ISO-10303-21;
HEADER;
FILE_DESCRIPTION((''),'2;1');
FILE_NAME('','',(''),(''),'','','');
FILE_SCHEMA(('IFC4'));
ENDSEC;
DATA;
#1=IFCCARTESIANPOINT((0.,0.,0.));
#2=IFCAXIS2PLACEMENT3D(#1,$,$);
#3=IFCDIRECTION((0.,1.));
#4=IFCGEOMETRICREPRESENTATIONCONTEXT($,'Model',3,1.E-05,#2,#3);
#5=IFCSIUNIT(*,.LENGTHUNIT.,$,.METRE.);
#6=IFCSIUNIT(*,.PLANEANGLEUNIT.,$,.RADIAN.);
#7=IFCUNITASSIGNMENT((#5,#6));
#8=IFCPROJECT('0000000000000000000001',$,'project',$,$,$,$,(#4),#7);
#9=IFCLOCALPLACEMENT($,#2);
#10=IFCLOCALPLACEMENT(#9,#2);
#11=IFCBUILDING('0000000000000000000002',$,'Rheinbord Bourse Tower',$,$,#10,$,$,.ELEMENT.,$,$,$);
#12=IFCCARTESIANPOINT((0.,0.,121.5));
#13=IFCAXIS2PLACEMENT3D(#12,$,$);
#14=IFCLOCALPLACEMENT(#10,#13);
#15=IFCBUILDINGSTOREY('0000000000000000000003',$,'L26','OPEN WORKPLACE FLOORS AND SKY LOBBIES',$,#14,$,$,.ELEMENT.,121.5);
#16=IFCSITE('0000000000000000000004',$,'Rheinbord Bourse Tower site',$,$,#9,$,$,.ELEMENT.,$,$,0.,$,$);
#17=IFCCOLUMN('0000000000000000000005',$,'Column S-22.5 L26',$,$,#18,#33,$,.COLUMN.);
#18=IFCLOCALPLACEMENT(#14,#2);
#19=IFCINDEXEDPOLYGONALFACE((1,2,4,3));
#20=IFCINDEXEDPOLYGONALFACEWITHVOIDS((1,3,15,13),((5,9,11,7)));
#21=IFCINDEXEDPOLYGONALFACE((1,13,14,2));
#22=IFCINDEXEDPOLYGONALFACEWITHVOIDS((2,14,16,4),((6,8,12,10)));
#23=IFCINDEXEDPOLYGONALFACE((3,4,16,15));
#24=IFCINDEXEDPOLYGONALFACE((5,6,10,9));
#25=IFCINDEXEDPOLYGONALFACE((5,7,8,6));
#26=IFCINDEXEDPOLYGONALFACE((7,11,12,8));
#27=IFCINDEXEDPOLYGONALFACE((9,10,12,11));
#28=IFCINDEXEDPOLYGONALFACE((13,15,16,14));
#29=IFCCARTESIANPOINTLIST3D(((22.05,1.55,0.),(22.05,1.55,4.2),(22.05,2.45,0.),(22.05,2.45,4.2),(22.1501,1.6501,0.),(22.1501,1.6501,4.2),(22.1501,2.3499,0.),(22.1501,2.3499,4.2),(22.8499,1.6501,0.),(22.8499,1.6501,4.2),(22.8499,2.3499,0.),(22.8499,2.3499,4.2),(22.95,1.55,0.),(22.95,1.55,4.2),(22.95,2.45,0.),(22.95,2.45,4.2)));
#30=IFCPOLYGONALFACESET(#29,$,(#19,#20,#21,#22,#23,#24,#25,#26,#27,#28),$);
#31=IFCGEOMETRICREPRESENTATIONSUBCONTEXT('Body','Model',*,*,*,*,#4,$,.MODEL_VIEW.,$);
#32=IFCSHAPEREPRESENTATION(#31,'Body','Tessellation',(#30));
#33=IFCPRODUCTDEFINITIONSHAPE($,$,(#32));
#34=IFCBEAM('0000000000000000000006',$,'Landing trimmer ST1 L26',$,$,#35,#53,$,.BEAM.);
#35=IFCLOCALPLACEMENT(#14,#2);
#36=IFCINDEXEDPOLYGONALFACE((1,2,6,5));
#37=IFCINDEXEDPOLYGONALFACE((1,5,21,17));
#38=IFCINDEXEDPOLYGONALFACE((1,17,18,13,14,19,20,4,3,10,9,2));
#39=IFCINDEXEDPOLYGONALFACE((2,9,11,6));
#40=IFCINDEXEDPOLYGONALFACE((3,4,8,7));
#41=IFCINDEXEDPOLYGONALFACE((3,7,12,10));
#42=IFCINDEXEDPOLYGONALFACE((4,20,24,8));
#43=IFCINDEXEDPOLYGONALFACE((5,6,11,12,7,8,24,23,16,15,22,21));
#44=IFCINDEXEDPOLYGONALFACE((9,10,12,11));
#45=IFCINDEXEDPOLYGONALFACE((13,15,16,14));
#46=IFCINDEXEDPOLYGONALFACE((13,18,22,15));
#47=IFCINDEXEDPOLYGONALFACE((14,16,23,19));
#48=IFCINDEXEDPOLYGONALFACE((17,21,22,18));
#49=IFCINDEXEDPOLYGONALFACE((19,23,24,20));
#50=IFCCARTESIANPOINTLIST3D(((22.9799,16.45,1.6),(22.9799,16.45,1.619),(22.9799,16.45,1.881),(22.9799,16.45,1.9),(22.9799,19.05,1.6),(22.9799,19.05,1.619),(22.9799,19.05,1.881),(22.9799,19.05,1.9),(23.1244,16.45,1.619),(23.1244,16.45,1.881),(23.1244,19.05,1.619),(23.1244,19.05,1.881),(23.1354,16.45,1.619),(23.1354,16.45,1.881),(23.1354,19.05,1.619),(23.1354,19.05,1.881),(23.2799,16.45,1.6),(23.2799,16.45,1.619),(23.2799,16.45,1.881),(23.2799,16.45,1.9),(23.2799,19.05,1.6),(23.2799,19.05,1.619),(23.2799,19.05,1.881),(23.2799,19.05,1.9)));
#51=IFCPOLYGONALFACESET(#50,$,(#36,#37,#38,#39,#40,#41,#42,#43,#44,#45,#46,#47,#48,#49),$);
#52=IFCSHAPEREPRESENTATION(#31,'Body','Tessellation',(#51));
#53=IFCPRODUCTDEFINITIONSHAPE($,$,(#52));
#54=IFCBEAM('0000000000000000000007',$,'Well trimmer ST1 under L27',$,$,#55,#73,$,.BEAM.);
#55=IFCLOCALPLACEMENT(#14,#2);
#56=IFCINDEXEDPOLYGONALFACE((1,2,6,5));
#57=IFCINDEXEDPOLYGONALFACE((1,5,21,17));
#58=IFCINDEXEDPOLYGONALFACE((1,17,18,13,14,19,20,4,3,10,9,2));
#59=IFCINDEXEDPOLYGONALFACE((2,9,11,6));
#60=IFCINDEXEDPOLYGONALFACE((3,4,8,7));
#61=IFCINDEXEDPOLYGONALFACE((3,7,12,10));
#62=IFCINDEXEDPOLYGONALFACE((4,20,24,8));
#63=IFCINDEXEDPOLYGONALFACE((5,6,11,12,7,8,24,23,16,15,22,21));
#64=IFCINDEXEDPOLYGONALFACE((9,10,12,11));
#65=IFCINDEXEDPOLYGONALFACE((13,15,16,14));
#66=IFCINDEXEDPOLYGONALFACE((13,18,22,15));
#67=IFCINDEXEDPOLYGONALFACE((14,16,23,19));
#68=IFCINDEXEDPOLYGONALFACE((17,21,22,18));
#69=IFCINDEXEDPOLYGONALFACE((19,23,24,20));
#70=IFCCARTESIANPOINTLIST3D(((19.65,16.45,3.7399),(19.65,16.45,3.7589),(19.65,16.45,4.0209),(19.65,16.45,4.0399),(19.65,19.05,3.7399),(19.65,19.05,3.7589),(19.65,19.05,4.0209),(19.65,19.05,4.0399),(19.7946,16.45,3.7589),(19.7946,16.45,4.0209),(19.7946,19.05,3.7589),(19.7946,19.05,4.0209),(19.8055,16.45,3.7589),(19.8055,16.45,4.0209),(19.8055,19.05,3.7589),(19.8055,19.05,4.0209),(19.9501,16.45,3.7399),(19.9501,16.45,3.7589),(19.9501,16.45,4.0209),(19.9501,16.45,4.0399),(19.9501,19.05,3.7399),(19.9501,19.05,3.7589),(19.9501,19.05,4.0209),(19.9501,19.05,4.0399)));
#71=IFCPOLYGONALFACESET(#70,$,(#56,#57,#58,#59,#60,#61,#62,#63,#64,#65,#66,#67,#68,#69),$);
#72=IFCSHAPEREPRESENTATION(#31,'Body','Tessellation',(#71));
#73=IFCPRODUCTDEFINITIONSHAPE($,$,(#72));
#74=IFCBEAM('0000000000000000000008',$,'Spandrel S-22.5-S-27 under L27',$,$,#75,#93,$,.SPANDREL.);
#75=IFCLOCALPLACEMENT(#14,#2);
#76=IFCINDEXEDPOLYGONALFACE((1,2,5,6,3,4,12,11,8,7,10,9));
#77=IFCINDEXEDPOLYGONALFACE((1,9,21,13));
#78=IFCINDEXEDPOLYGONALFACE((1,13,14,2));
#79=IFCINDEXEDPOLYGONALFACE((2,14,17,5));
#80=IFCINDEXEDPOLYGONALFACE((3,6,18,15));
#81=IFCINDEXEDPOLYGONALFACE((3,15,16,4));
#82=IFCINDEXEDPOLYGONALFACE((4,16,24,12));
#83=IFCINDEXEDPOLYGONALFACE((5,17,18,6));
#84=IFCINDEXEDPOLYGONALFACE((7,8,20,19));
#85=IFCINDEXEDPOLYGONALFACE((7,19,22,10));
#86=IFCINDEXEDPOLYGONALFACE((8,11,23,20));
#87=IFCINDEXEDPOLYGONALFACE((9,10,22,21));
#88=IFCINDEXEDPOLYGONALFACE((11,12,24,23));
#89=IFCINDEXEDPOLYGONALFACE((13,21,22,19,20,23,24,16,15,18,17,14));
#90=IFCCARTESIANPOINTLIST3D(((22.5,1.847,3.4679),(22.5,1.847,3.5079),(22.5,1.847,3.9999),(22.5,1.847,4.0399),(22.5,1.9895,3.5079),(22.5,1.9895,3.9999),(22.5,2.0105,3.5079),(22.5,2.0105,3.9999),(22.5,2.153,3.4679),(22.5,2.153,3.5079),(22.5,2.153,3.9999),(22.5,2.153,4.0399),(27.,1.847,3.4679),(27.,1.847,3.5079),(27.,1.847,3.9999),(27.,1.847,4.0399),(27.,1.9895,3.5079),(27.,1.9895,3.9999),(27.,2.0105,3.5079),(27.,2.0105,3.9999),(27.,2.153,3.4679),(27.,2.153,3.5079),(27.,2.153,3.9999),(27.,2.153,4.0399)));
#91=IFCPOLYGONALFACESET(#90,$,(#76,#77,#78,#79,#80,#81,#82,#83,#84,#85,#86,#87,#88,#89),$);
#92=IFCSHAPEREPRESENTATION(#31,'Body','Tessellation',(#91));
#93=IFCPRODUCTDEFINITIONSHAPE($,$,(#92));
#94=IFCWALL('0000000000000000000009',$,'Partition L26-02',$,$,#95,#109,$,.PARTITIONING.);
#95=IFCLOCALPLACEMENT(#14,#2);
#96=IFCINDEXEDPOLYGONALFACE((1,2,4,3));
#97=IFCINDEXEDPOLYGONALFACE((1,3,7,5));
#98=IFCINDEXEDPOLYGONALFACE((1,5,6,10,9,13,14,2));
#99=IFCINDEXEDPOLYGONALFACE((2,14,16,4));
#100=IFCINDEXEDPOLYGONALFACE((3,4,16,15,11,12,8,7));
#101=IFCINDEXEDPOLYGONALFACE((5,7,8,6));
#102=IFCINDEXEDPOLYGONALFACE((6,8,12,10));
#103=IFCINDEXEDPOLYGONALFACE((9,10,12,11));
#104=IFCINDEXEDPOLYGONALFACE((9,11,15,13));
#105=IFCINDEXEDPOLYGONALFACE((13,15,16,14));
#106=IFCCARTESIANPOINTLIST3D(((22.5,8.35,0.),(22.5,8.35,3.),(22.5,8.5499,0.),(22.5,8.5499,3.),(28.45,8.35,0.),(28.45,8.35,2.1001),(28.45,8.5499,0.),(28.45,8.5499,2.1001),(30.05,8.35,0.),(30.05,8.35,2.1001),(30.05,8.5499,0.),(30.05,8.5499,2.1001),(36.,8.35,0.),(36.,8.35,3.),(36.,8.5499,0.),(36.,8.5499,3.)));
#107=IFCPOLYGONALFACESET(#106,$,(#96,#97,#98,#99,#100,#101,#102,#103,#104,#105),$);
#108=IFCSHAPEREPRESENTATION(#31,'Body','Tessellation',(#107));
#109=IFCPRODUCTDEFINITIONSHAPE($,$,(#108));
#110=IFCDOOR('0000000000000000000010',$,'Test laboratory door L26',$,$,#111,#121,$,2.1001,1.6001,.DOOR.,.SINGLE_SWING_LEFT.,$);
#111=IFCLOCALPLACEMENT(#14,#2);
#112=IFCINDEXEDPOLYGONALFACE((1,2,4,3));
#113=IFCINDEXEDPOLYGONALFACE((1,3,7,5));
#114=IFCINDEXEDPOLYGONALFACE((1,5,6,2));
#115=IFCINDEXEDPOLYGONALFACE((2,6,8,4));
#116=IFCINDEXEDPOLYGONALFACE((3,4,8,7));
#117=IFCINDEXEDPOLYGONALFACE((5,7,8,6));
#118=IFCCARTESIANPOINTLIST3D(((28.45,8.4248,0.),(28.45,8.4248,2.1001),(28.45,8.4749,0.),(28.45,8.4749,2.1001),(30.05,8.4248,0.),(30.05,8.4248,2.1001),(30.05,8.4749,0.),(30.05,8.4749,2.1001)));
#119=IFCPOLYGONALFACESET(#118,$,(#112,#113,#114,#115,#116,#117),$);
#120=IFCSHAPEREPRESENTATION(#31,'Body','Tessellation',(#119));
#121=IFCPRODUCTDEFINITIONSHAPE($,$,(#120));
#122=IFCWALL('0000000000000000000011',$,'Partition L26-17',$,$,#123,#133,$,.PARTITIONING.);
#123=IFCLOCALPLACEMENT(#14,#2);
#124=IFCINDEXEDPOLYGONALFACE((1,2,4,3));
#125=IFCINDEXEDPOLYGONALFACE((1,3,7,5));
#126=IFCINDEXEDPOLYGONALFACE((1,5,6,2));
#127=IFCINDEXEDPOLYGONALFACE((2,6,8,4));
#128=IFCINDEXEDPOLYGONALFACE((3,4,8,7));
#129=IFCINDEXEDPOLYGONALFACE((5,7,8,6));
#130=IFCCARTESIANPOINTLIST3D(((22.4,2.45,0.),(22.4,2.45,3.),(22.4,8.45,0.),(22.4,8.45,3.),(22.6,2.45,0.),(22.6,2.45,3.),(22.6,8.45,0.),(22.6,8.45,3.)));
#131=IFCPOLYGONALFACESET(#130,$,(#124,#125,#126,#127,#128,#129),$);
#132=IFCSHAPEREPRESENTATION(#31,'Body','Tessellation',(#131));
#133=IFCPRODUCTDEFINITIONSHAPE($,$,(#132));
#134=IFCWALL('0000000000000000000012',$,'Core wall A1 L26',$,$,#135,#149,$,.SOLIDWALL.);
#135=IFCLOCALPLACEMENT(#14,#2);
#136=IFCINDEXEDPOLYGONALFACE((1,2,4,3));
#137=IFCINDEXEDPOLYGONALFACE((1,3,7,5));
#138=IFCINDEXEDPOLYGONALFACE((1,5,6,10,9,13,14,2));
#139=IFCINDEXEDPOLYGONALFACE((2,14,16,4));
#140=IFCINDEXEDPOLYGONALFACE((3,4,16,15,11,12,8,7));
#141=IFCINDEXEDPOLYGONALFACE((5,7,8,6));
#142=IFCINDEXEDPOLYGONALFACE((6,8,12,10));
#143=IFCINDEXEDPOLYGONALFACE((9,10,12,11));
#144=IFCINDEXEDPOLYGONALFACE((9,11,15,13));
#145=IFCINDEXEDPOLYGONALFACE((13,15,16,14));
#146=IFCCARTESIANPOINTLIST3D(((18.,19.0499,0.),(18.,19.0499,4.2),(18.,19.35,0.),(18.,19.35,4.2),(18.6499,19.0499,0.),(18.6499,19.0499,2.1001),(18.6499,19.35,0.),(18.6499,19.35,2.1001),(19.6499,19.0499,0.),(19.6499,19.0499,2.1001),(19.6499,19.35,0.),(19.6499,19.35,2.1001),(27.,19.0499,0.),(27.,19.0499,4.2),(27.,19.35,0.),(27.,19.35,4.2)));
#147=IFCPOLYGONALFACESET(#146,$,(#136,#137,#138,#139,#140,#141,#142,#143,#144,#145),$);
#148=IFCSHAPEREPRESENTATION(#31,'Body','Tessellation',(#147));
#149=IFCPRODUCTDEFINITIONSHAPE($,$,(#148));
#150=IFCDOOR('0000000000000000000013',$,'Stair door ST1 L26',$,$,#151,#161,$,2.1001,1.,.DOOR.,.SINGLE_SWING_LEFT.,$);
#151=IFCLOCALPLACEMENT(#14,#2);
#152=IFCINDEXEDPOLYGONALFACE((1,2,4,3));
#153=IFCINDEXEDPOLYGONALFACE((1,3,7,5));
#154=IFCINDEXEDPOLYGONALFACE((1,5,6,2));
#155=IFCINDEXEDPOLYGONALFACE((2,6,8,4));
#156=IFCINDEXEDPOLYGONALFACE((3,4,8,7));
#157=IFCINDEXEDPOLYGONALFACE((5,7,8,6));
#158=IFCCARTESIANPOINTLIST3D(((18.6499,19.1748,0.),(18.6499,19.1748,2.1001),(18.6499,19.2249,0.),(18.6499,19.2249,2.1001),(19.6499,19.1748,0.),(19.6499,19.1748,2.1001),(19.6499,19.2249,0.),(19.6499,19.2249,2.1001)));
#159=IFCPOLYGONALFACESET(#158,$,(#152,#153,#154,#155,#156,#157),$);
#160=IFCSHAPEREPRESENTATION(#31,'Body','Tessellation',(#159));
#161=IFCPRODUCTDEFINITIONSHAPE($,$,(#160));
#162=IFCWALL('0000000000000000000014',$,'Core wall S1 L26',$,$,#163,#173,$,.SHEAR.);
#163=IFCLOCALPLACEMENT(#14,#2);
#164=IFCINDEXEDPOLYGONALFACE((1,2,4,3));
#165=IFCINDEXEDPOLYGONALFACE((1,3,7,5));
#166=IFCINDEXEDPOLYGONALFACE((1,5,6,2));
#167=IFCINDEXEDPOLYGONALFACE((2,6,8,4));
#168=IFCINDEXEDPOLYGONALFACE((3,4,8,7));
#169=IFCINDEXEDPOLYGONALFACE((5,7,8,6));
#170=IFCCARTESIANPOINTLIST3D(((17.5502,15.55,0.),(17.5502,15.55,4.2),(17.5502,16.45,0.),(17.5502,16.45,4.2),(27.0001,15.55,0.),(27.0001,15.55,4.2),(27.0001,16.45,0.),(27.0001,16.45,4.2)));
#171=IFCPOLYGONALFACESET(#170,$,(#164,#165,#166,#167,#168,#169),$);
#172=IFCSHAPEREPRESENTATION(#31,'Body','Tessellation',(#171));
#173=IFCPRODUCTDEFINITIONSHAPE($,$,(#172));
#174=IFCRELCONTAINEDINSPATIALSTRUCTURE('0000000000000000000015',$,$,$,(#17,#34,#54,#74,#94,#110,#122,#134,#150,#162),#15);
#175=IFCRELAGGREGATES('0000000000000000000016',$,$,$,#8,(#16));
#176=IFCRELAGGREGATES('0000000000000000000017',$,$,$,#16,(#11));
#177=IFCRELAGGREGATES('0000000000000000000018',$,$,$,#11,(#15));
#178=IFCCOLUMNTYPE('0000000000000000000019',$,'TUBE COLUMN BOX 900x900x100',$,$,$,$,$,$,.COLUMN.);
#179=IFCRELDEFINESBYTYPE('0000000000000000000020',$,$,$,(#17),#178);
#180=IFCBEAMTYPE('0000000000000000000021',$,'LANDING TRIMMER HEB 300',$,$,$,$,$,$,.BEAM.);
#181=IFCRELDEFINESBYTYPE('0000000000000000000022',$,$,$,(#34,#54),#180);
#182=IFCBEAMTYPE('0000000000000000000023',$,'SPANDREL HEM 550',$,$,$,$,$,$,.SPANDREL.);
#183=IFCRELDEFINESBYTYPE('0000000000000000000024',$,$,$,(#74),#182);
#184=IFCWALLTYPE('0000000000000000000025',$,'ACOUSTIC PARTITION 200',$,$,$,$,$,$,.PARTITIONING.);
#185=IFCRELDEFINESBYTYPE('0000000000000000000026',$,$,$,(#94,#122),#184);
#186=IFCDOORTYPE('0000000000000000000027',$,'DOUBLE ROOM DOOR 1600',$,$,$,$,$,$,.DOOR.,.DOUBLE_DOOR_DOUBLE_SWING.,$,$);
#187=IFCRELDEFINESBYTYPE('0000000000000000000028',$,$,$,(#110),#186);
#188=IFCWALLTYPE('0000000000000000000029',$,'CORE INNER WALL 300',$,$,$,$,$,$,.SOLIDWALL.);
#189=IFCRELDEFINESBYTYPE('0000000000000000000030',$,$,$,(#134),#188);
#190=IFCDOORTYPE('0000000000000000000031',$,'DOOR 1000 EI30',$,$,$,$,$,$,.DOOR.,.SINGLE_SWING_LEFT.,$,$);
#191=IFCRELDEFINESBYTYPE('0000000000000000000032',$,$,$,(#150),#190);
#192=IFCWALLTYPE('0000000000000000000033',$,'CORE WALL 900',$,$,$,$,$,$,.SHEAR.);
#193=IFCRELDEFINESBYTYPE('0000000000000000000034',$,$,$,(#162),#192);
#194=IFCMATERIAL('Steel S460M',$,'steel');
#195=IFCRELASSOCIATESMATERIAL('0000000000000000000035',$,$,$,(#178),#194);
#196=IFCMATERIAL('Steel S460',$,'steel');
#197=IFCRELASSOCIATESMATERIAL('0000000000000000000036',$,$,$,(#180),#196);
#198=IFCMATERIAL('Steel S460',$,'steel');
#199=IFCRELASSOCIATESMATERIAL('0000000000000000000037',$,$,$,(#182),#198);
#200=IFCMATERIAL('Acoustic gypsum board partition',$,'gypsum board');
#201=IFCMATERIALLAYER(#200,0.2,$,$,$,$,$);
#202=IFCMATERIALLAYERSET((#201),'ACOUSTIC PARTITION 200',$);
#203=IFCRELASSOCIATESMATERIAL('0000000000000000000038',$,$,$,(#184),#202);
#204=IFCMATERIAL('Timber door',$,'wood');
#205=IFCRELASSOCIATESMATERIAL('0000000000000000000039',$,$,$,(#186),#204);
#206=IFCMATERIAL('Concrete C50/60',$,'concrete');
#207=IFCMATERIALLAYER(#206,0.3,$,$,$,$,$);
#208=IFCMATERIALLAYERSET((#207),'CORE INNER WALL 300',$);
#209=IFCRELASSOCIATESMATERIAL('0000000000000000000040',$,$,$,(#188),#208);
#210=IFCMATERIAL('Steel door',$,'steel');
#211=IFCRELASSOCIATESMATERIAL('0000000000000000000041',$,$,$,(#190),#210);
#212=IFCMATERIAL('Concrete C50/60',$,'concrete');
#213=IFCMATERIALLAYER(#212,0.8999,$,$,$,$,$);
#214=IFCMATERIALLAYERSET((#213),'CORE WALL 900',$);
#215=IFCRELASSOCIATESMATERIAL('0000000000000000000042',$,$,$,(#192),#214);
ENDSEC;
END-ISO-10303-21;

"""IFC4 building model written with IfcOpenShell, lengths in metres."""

from ifc_helpers import new_model, si_unit, direction, frame, frame_2d, origin, origin_2d, place, context, subcontext, project, spatial, rectangle, hollow_rectangle, i_section, extrude, material, layer, layer_set, material_profile, profile_set, type_object, element, fill, save


model = new_model("IFC4")

# Units and contexts
model_context = context("Model", 3, precision=1e-05, world=origin(), true_north=direction((0.0, 1.0)))
body_context = subcontext(model_context, "Body", "Model", "MODEL_VIEW")
ifc_project = project(units=[si_unit("LENGTHUNIT", "METRE"), si_unit("PLANEANGLEUNIT", "RADIAN")], contexts=[model_context])

# Site, building, storey
site_placement = place(None, origin())
site = spatial("IfcSite", under=ifc_project, at=site_placement, Name="Rheinbord Bourse Tower site", CompositionType="ELEMENT", RefElevation=0.0)
building_placement = place(site_placement, origin())
building = spatial("IfcBuilding", under=site, at=building_placement, Name="Rheinbord Bourse Tower", CompositionType="ELEMENT")
storey_placement = place(building_placement, frame((0.0, 0.0, 121.5)))
storey = spatial("IfcBuildingStorey", under=building, at=storey_placement, Name="L26", Description="OPEN WORKPLACE FLOORS AND SKY LOBBIES", CompositionType="ELEMENT", Elevation=121.5)

# Column
ifc_material_1 = material(Name="Steel S460M", Category="steel")
ifc_material_profile_1 = material_profile(ifc_material_1, hollow_rectangle(XDim=0.8999, YDim=0.8999, WallThickness=0.1001, at=origin_2d()), Name="BOX 900x900x100")
ifc_profile_set_1 = profile_set([ifc_material_profile_1], Name="Steel S460M")
column_type = type_object("IfcColumnType", Name="TUBE COLUMN BOX 900x900x100", PredefinedType="COLUMN", material=ifc_profile_set_1)
column_placement = place(storey_placement, frame((22.5, 2.0, 0.0), z_axis=(0.0, 0.0, 1.0), x_axis=(0.0, 1.0, 0.0)))
element("IfcColumn", 1, at=column_placement, inside=storey, type_object=column_type, Name="Column S-22.5 L26", PredefinedType="COLUMN", context=body_context, shape_type="SweptSolid", body=[
    extrude(hollow_rectangle(XDim=0.8999, YDim=0.8999, WallThickness=0.1001, at=origin_2d()), origin(), (0.0, 0.0, 1.0), 4.2),
])

# Beams
ifc_material_2 = material(Name="Steel S460", Category="steel")
ifc_material_profile_2 = material_profile(ifc_material_2, i_section(OverallWidth=0.3, OverallDepth=0.3, WebThickness=0.011, FlangeThickness=0.019, at=origin_2d()), Name="HEB 300")
ifc_profile_set_2 = profile_set([ifc_material_profile_2], Name="Steel S460")
beam_type_1 = type_object("IfcBeamType", Name="LANDING TRIMMER HEB 300", PredefinedType="BEAM", material=ifc_profile_set_2)
for number, where, z_axis, x_axis, name in (
    (2, (23.1299, 16.45, 1.75), (0.0, 1.0, 0.0), (-1.0, 0.0, 0.0), "Landing trimmer ST1 L26"),
    (3, (19.8, 16.45, 3.8899), (0.0, 1.0, 0.0), (-1.0, 0.0, 0.0), "Well trimmer ST1 under L27"),
):
    element("IfcBeam", number, at=place(storey_placement, frame(where, z_axis=z_axis, x_axis=x_axis)), inside=storey, type_object=beam_type_1, Name=name, PredefinedType="BEAM", context=body_context, shape_type="SweptSolid", body=[
        extrude(i_section(OverallWidth=0.3, OverallDepth=0.3, WebThickness=0.011, FlangeThickness=0.019, at=origin_2d()), origin(), (0.0, 0.0, 1.0), 2.6001),
    ])
ifc_material_3 = material(Name="Steel S460", Category="steel")
ifc_material_profile_3 = material_profile(ifc_material_3, i_section(OverallWidth=0.3059, OverallDepth=0.572, WebThickness=0.021, FlangeThickness=0.04, at=origin_2d()), Name="HEM 550")
ifc_profile_set_3 = profile_set([ifc_material_profile_3], Name="Steel S460")
beam_type_2 = type_object("IfcBeamType", Name="SPANDREL HEM 550", PredefinedType="SPANDREL", material=ifc_profile_set_3)
beam_placement = place(storey_placement, frame((22.5, 2.0, 3.7539), z_axis=(1.0, 0.0, 0.0), x_axis=(0.0, 1.0, 0.0)))
element("IfcBeam", 4, at=beam_placement, inside=storey, type_object=beam_type_2, Name="Spandrel S-22.5-S-27 under L27", PredefinedType="SPANDREL", context=body_context, shape_type="SweptSolid", body=[
    extrude(i_section(OverallWidth=0.3059, OverallDepth=0.572, WebThickness=0.021, FlangeThickness=0.04, at=origin_2d()), origin(), (0.0, 0.0, 1.0), 4.5),
])

# Wall, opening, door
ifc_material_4 = material(Name="Acoustic gypsum board partition", Category="gypsum board")
ifc_layer_1 = layer(ifc_material_4, 0.2)
ifc_layer_set_1 = layer_set([ifc_layer_1], Name="ACOUSTIC PARTITION 200")
wall_type_1 = type_object("IfcWallType", Name="ACOUSTIC PARTITION 200", PredefinedType="PARTITIONING", material=ifc_layer_set_1)
wall_1_placement = place(storey_placement, frame((22.5, 8.45, 0.0), z_axis=(0.0, 0.0, 1.0), x_axis=(1.0, 0.0, 0.0)))
wall_1 = element("IfcWall", 5, at=wall_1_placement, inside=storey, type_object=wall_type_1, Name="Partition L26-02", PredefinedType="PARTITIONING", context=body_context, shape_type="SweptSolid", body=[
    extrude(rectangle(XDim=13.5, YDim=0.2, at=frame_2d((6.75, 0.0))), origin(), (0.0, 0.0, 1.0), 3.0),
])
opening_1_placement = place(wall_1_placement, frame((5.95, 0.0, 0.0)))
opening_1 = element("IfcOpeningElement", 6, at=opening_1_placement, cuts=wall_1, PredefinedType="OPENING", context=body_context, shape_type="SweptSolid", body=[
    extrude(rectangle(XDim=1.6001, YDim=2.1001, at=frame_2d((0.8, 1.05))), frame((0.0, 0.1099, 0.0), z_axis=(0.0, -1.0, 0.0), x_axis=(1.0, 0.0, 0.0)), (0.0, 0.0, 1.0), 0.22),
])
ifc_material_5 = material(Name="Timber door", Category="wood")
door_type_1 = type_object("IfcDoorType", Name="DOUBLE ROOM DOOR 1600", OperationType="DOUBLE_DOOR_DOUBLE_SWING", PredefinedType="DOOR", material=ifc_material_5)
door_1_placement = place(opening_1_placement, origin())
door_1 = element("IfcDoor", 7, at=door_1_placement, inside=storey, type_object=door_type_1, Name="Test laboratory door L26", OperationType="SINGLE_SWING_LEFT", OverallHeight=2.1001, OverallWidth=1.6001, PredefinedType="DOOR", context=body_context, shape_type="SweptSolid", body=[
    extrude(rectangle(XDim=1.6001, YDim=2.1001, at=frame_2d((0.8, 1.05))), frame((0.0, 0.0249, 0.0), z_axis=(0.0, -1.0, 0.0), x_axis=(1.0, 0.0, 0.0)), (0.0, 0.0, 1.0), 0.05),
])
fill(opening_1, door_1)

# Wall
wall_2_placement = place(storey_placement, frame((22.5, 2.45, 0.0), z_axis=(0.0, 0.0, 1.0), x_axis=(0.0, 1.0, 0.0)))
element("IfcWall", 8, at=wall_2_placement, inside=storey, type_object=wall_type_1, Name="Partition L26-17", PredefinedType="PARTITIONING", context=body_context, shape_type="SweptSolid", body=[
    extrude(rectangle(XDim=6.0, YDim=0.2, at=frame_2d((3.0, 0.0))), origin(), (0.0, 0.0, 1.0), 3.0),
])

# Wall, opening, door
ifc_material_6 = material(Name="Concrete C50/60", Category="concrete")
ifc_layer_2 = layer(ifc_material_6, 0.3)
ifc_layer_set_2 = layer_set([ifc_layer_2], Name="CORE INNER WALL 300")
wall_type_2 = type_object("IfcWallType", Name="CORE INNER WALL 300", PredefinedType="SOLIDWALL", material=ifc_layer_set_2)
wall_3_placement = place(storey_placement, frame((18.0, 19.2, 0.0), z_axis=(0.0, 0.0, 1.0), x_axis=(1.0, 0.0, 0.0)))
wall_3 = element("IfcWall", 9, at=wall_3_placement, inside=storey, type_object=wall_type_2, Name="Core wall A1 L26", PredefinedType="SOLIDWALL", context=body_context, shape_type="SweptSolid", body=[
    extrude(rectangle(XDim=9.0, YDim=0.3, at=frame_2d((4.5, 0.0))), origin(), (0.0, 0.0, 1.0), 4.2),
])
opening_2_placement = place(wall_3_placement, frame((0.6499, 0.0, 0.0)))
opening_2 = element("IfcOpeningElement", 10, at=opening_2_placement, cuts=wall_3, PredefinedType="OPENING", context=body_context, shape_type="SweptSolid", body=[
    extrude(rectangle(XDim=1.0, YDim=2.1001, at=frame_2d((0.5, 1.05))), frame((0.0, 0.1599, 0.0), z_axis=(0.0, -1.0, 0.0), x_axis=(1.0, 0.0, 0.0)), (0.0, 0.0, 1.0), 0.3201),
])
ifc_material_7 = material(Name="Steel door", Category="steel")
door_type_2 = type_object("IfcDoorType", Name="DOOR 1000 EI30", OperationType="SINGLE_SWING_LEFT", PredefinedType="DOOR", material=ifc_material_7)
door_2_placement = place(opening_2_placement, origin())
door_2 = element("IfcDoor", 11, at=door_2_placement, inside=storey, type_object=door_type_2, Name="Stair door ST1 L26", OperationType="SINGLE_SWING_LEFT", OverallHeight=2.1001, OverallWidth=1.0, PredefinedType="DOOR", context=body_context, shape_type="SweptSolid", body=[
    extrude(rectangle(XDim=1.0, YDim=2.1001, at=frame_2d((0.5, 1.05))), frame((0.0, 0.0249, 0.0), z_axis=(0.0, -1.0, 0.0), x_axis=(1.0, 0.0, 0.0)), (0.0, 0.0, 1.0), 0.05),
])
fill(opening_2, door_2)

# Wall
ifc_material_8 = material(Name="Concrete C50/60", Category="concrete")
ifc_layer_3 = layer(ifc_material_8, 0.8999)
ifc_layer_set_3 = layer_set([ifc_layer_3], Name="CORE WALL 900")
wall_type_3 = type_object("IfcWallType", Name="CORE WALL 900", PredefinedType="SHEAR", material=ifc_layer_set_3)
wall_4_placement = place(storey_placement, frame((17.55, 16.0, 0.0), z_axis=(0.0, 0.0, 1.0), x_axis=(1.0, 0.0, 0.0)))
element("IfcWall", 12, at=wall_4_placement, inside=storey, type_object=wall_type_3, Name="Core wall S1 L26", PredefinedType="SHEAR", context=body_context, shape_type="SweptSolid", body=[
    extrude(rectangle(XDim=9.45, YDim=0.8999, at=frame_2d((4.7251, 0.0))), origin(), (0.0, 0.0, 1.0), 4.2),
])

save(model, "model.ifc")
